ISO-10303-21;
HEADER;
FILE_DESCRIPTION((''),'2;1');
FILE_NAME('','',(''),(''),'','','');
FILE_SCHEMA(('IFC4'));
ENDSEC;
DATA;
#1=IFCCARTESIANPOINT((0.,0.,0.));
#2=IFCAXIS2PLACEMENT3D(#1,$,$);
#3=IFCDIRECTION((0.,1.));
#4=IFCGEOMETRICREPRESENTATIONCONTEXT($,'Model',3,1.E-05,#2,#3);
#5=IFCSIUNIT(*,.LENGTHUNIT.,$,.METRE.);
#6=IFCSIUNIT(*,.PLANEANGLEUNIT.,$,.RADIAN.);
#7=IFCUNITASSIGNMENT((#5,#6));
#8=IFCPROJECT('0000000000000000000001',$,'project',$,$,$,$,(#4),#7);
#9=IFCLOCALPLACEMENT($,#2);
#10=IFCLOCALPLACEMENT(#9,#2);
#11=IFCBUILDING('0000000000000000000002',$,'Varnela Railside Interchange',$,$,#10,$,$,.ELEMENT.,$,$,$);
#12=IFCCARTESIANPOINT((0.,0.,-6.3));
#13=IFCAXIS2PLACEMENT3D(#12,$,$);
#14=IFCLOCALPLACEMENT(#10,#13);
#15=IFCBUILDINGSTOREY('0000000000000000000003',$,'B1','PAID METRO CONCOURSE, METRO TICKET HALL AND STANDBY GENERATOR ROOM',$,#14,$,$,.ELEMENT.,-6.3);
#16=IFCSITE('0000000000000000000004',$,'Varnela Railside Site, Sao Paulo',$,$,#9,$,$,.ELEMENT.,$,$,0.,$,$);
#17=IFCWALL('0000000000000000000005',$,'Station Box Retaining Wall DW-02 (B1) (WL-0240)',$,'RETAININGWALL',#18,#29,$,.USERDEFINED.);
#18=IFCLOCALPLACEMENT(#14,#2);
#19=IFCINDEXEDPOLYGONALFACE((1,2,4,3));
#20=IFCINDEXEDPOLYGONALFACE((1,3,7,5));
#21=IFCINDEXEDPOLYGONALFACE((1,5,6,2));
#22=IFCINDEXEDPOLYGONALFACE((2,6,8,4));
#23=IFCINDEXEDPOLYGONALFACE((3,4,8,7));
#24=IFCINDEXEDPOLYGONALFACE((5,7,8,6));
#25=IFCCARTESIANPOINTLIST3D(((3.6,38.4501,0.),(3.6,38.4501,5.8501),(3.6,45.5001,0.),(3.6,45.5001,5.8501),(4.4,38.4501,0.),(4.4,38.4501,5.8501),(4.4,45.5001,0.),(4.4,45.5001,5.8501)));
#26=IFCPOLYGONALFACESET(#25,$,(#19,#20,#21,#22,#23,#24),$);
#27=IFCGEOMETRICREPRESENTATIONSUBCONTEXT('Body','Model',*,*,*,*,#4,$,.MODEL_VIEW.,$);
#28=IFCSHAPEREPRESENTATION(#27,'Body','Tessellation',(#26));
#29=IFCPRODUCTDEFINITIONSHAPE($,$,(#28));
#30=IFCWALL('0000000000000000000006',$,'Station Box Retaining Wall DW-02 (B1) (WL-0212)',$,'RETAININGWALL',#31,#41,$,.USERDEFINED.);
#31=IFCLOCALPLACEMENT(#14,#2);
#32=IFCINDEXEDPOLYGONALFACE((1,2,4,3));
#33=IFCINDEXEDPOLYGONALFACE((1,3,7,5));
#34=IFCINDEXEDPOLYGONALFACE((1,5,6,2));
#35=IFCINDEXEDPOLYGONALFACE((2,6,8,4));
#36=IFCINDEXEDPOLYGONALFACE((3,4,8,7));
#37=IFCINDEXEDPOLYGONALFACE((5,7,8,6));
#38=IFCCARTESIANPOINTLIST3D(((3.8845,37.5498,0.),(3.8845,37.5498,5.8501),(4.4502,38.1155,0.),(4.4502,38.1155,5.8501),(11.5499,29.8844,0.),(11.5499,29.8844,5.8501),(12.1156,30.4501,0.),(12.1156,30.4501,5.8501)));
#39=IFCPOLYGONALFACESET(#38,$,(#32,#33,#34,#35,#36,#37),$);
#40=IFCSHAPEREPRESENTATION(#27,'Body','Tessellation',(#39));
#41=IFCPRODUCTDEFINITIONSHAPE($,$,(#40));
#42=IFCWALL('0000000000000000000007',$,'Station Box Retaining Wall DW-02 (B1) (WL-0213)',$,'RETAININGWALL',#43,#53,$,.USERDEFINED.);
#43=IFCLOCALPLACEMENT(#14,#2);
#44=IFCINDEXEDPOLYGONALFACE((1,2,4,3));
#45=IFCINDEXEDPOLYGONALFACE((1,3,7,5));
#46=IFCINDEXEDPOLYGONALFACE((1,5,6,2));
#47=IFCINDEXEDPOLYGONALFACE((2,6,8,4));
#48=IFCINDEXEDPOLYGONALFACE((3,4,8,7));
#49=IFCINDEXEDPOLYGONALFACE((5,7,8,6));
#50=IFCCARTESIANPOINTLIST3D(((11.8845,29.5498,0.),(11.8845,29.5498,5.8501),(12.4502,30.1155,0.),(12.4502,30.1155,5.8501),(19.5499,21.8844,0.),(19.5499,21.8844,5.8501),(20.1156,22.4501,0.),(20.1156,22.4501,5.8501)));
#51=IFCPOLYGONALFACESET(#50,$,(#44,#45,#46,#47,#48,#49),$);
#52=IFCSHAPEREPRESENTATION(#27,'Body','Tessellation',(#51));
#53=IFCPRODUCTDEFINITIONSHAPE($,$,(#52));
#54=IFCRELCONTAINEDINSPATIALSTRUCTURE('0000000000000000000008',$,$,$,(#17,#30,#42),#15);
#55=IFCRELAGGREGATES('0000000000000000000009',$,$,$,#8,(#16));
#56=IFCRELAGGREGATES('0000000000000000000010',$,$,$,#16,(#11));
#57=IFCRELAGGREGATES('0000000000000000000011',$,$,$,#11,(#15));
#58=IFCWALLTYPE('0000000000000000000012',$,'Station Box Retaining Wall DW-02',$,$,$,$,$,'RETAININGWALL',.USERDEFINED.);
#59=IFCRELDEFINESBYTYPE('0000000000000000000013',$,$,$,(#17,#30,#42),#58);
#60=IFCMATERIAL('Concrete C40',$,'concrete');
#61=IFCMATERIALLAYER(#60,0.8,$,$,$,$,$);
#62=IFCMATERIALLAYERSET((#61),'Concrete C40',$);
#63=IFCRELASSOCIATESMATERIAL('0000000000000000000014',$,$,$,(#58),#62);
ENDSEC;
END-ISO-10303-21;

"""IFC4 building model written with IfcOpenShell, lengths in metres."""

from ifc_helpers import new_model, si_unit, direction, frame, frame_2d, origin, place, context, subcontext, project, spatial, rectangle, extrude, material, layer, layer_set, type_object, element, save


model = new_model("IFC4")

# Units and contexts
model_context = context("Model", 3, precision=1e-05, world=origin(), true_north=direction((0.0, 1.0)))
body_context = subcontext(model_context, "Body", "Model", "MODEL_VIEW")
ifc_project = project(units=[si_unit("LENGTHUNIT", "METRE"), si_unit("PLANEANGLEUNIT", "RADIAN")], contexts=[model_context])

# Site, building, storey
site_placement = place(None, origin())
site = spatial("IfcSite", under=ifc_project, at=site_placement, Name="Varnela Railside Site, Sao Paulo", CompositionType="ELEMENT", RefElevation=0.0)
building_placement = place(site_placement, origin())
building = spatial("IfcBuilding", under=site, at=building_placement, Name="Varnela Railside Interchange", CompositionType="ELEMENT")
storey_placement = place(building_placement, frame((0.0, 0.0, -6.3)))
storey = spatial("IfcBuildingStorey", under=building, at=storey_placement, Name="B1", Description="PAID METRO CONCOURSE, METRO TICKET HALL AND STANDBY GENERATOR ROOM", CompositionType="ELEMENT", Elevation=-6.3)

# Shared definitions
ifc_material_1 = material(Name="Concrete C40", Category="concrete")

# Walls
ifc_layer_1 = layer(ifc_material_1, 0.8)
ifc_layer_set_1 = layer_set([ifc_layer_1], Name="Concrete C40")
wall_type_1 = type_object("IfcWallType", Name="Station Box Retaining Wall DW-02", ElementType="RETAININGWALL", PredefinedType="USERDEFINED", material=ifc_layer_set_1)
wall_1_placement = place(storey_placement, frame((4.0, 45.5, 0.0), z_axis=(0.0, 0.0, 1.0), x_axis=(0.0, -1.0, 0.0)))
element("IfcWall", 1, at=wall_1_placement, inside=storey, type_object=wall_type_1, Name="Station Box Retaining Wall DW-02 (B1) (WL-0240)", ObjectType="RETAININGWALL", PredefinedType="USERDEFINED", context=body_context, shape_type="SweptSolid", body=[
    extrude(rectangle(XDim=7.05, YDim=0.8, at=frame_2d((3.5249, 0.0))), origin(), (0.0, 0.0, 1.0), 5.8501),
])
for number, where, z_axis, x_axis, name in (
    (2, (4.1672, 37.8328, 0.0), (0.0, 0.0, 1.0), (0.707107, -0.707107, 0.0), "Station Box Retaining Wall DW-02 (B1) (WL-0212)"),
    (3, (12.1672, 29.8328, 0.0), (0.0, 0.0, 1.0), (0.707107, -0.707107, 0.0), "Station Box Retaining Wall DW-02 (B1) (WL-0213)"),
):
    element("IfcWall", number, at=place(storey_placement, frame(where, z_axis=z_axis, x_axis=x_axis)), inside=storey, type_object=wall_type_1, Name=name, ObjectType="RETAININGWALL", PredefinedType="USERDEFINED", context=body_context, shape_type="SweptSolid", body=[
        extrude(rectangle(XDim=10.8406, YDim=0.8, at=frame_2d((5.4204, 0.0))), origin(), (0.0, 0.0, 1.0), 5.8501),
    ])

save(model, "model.ifc")
